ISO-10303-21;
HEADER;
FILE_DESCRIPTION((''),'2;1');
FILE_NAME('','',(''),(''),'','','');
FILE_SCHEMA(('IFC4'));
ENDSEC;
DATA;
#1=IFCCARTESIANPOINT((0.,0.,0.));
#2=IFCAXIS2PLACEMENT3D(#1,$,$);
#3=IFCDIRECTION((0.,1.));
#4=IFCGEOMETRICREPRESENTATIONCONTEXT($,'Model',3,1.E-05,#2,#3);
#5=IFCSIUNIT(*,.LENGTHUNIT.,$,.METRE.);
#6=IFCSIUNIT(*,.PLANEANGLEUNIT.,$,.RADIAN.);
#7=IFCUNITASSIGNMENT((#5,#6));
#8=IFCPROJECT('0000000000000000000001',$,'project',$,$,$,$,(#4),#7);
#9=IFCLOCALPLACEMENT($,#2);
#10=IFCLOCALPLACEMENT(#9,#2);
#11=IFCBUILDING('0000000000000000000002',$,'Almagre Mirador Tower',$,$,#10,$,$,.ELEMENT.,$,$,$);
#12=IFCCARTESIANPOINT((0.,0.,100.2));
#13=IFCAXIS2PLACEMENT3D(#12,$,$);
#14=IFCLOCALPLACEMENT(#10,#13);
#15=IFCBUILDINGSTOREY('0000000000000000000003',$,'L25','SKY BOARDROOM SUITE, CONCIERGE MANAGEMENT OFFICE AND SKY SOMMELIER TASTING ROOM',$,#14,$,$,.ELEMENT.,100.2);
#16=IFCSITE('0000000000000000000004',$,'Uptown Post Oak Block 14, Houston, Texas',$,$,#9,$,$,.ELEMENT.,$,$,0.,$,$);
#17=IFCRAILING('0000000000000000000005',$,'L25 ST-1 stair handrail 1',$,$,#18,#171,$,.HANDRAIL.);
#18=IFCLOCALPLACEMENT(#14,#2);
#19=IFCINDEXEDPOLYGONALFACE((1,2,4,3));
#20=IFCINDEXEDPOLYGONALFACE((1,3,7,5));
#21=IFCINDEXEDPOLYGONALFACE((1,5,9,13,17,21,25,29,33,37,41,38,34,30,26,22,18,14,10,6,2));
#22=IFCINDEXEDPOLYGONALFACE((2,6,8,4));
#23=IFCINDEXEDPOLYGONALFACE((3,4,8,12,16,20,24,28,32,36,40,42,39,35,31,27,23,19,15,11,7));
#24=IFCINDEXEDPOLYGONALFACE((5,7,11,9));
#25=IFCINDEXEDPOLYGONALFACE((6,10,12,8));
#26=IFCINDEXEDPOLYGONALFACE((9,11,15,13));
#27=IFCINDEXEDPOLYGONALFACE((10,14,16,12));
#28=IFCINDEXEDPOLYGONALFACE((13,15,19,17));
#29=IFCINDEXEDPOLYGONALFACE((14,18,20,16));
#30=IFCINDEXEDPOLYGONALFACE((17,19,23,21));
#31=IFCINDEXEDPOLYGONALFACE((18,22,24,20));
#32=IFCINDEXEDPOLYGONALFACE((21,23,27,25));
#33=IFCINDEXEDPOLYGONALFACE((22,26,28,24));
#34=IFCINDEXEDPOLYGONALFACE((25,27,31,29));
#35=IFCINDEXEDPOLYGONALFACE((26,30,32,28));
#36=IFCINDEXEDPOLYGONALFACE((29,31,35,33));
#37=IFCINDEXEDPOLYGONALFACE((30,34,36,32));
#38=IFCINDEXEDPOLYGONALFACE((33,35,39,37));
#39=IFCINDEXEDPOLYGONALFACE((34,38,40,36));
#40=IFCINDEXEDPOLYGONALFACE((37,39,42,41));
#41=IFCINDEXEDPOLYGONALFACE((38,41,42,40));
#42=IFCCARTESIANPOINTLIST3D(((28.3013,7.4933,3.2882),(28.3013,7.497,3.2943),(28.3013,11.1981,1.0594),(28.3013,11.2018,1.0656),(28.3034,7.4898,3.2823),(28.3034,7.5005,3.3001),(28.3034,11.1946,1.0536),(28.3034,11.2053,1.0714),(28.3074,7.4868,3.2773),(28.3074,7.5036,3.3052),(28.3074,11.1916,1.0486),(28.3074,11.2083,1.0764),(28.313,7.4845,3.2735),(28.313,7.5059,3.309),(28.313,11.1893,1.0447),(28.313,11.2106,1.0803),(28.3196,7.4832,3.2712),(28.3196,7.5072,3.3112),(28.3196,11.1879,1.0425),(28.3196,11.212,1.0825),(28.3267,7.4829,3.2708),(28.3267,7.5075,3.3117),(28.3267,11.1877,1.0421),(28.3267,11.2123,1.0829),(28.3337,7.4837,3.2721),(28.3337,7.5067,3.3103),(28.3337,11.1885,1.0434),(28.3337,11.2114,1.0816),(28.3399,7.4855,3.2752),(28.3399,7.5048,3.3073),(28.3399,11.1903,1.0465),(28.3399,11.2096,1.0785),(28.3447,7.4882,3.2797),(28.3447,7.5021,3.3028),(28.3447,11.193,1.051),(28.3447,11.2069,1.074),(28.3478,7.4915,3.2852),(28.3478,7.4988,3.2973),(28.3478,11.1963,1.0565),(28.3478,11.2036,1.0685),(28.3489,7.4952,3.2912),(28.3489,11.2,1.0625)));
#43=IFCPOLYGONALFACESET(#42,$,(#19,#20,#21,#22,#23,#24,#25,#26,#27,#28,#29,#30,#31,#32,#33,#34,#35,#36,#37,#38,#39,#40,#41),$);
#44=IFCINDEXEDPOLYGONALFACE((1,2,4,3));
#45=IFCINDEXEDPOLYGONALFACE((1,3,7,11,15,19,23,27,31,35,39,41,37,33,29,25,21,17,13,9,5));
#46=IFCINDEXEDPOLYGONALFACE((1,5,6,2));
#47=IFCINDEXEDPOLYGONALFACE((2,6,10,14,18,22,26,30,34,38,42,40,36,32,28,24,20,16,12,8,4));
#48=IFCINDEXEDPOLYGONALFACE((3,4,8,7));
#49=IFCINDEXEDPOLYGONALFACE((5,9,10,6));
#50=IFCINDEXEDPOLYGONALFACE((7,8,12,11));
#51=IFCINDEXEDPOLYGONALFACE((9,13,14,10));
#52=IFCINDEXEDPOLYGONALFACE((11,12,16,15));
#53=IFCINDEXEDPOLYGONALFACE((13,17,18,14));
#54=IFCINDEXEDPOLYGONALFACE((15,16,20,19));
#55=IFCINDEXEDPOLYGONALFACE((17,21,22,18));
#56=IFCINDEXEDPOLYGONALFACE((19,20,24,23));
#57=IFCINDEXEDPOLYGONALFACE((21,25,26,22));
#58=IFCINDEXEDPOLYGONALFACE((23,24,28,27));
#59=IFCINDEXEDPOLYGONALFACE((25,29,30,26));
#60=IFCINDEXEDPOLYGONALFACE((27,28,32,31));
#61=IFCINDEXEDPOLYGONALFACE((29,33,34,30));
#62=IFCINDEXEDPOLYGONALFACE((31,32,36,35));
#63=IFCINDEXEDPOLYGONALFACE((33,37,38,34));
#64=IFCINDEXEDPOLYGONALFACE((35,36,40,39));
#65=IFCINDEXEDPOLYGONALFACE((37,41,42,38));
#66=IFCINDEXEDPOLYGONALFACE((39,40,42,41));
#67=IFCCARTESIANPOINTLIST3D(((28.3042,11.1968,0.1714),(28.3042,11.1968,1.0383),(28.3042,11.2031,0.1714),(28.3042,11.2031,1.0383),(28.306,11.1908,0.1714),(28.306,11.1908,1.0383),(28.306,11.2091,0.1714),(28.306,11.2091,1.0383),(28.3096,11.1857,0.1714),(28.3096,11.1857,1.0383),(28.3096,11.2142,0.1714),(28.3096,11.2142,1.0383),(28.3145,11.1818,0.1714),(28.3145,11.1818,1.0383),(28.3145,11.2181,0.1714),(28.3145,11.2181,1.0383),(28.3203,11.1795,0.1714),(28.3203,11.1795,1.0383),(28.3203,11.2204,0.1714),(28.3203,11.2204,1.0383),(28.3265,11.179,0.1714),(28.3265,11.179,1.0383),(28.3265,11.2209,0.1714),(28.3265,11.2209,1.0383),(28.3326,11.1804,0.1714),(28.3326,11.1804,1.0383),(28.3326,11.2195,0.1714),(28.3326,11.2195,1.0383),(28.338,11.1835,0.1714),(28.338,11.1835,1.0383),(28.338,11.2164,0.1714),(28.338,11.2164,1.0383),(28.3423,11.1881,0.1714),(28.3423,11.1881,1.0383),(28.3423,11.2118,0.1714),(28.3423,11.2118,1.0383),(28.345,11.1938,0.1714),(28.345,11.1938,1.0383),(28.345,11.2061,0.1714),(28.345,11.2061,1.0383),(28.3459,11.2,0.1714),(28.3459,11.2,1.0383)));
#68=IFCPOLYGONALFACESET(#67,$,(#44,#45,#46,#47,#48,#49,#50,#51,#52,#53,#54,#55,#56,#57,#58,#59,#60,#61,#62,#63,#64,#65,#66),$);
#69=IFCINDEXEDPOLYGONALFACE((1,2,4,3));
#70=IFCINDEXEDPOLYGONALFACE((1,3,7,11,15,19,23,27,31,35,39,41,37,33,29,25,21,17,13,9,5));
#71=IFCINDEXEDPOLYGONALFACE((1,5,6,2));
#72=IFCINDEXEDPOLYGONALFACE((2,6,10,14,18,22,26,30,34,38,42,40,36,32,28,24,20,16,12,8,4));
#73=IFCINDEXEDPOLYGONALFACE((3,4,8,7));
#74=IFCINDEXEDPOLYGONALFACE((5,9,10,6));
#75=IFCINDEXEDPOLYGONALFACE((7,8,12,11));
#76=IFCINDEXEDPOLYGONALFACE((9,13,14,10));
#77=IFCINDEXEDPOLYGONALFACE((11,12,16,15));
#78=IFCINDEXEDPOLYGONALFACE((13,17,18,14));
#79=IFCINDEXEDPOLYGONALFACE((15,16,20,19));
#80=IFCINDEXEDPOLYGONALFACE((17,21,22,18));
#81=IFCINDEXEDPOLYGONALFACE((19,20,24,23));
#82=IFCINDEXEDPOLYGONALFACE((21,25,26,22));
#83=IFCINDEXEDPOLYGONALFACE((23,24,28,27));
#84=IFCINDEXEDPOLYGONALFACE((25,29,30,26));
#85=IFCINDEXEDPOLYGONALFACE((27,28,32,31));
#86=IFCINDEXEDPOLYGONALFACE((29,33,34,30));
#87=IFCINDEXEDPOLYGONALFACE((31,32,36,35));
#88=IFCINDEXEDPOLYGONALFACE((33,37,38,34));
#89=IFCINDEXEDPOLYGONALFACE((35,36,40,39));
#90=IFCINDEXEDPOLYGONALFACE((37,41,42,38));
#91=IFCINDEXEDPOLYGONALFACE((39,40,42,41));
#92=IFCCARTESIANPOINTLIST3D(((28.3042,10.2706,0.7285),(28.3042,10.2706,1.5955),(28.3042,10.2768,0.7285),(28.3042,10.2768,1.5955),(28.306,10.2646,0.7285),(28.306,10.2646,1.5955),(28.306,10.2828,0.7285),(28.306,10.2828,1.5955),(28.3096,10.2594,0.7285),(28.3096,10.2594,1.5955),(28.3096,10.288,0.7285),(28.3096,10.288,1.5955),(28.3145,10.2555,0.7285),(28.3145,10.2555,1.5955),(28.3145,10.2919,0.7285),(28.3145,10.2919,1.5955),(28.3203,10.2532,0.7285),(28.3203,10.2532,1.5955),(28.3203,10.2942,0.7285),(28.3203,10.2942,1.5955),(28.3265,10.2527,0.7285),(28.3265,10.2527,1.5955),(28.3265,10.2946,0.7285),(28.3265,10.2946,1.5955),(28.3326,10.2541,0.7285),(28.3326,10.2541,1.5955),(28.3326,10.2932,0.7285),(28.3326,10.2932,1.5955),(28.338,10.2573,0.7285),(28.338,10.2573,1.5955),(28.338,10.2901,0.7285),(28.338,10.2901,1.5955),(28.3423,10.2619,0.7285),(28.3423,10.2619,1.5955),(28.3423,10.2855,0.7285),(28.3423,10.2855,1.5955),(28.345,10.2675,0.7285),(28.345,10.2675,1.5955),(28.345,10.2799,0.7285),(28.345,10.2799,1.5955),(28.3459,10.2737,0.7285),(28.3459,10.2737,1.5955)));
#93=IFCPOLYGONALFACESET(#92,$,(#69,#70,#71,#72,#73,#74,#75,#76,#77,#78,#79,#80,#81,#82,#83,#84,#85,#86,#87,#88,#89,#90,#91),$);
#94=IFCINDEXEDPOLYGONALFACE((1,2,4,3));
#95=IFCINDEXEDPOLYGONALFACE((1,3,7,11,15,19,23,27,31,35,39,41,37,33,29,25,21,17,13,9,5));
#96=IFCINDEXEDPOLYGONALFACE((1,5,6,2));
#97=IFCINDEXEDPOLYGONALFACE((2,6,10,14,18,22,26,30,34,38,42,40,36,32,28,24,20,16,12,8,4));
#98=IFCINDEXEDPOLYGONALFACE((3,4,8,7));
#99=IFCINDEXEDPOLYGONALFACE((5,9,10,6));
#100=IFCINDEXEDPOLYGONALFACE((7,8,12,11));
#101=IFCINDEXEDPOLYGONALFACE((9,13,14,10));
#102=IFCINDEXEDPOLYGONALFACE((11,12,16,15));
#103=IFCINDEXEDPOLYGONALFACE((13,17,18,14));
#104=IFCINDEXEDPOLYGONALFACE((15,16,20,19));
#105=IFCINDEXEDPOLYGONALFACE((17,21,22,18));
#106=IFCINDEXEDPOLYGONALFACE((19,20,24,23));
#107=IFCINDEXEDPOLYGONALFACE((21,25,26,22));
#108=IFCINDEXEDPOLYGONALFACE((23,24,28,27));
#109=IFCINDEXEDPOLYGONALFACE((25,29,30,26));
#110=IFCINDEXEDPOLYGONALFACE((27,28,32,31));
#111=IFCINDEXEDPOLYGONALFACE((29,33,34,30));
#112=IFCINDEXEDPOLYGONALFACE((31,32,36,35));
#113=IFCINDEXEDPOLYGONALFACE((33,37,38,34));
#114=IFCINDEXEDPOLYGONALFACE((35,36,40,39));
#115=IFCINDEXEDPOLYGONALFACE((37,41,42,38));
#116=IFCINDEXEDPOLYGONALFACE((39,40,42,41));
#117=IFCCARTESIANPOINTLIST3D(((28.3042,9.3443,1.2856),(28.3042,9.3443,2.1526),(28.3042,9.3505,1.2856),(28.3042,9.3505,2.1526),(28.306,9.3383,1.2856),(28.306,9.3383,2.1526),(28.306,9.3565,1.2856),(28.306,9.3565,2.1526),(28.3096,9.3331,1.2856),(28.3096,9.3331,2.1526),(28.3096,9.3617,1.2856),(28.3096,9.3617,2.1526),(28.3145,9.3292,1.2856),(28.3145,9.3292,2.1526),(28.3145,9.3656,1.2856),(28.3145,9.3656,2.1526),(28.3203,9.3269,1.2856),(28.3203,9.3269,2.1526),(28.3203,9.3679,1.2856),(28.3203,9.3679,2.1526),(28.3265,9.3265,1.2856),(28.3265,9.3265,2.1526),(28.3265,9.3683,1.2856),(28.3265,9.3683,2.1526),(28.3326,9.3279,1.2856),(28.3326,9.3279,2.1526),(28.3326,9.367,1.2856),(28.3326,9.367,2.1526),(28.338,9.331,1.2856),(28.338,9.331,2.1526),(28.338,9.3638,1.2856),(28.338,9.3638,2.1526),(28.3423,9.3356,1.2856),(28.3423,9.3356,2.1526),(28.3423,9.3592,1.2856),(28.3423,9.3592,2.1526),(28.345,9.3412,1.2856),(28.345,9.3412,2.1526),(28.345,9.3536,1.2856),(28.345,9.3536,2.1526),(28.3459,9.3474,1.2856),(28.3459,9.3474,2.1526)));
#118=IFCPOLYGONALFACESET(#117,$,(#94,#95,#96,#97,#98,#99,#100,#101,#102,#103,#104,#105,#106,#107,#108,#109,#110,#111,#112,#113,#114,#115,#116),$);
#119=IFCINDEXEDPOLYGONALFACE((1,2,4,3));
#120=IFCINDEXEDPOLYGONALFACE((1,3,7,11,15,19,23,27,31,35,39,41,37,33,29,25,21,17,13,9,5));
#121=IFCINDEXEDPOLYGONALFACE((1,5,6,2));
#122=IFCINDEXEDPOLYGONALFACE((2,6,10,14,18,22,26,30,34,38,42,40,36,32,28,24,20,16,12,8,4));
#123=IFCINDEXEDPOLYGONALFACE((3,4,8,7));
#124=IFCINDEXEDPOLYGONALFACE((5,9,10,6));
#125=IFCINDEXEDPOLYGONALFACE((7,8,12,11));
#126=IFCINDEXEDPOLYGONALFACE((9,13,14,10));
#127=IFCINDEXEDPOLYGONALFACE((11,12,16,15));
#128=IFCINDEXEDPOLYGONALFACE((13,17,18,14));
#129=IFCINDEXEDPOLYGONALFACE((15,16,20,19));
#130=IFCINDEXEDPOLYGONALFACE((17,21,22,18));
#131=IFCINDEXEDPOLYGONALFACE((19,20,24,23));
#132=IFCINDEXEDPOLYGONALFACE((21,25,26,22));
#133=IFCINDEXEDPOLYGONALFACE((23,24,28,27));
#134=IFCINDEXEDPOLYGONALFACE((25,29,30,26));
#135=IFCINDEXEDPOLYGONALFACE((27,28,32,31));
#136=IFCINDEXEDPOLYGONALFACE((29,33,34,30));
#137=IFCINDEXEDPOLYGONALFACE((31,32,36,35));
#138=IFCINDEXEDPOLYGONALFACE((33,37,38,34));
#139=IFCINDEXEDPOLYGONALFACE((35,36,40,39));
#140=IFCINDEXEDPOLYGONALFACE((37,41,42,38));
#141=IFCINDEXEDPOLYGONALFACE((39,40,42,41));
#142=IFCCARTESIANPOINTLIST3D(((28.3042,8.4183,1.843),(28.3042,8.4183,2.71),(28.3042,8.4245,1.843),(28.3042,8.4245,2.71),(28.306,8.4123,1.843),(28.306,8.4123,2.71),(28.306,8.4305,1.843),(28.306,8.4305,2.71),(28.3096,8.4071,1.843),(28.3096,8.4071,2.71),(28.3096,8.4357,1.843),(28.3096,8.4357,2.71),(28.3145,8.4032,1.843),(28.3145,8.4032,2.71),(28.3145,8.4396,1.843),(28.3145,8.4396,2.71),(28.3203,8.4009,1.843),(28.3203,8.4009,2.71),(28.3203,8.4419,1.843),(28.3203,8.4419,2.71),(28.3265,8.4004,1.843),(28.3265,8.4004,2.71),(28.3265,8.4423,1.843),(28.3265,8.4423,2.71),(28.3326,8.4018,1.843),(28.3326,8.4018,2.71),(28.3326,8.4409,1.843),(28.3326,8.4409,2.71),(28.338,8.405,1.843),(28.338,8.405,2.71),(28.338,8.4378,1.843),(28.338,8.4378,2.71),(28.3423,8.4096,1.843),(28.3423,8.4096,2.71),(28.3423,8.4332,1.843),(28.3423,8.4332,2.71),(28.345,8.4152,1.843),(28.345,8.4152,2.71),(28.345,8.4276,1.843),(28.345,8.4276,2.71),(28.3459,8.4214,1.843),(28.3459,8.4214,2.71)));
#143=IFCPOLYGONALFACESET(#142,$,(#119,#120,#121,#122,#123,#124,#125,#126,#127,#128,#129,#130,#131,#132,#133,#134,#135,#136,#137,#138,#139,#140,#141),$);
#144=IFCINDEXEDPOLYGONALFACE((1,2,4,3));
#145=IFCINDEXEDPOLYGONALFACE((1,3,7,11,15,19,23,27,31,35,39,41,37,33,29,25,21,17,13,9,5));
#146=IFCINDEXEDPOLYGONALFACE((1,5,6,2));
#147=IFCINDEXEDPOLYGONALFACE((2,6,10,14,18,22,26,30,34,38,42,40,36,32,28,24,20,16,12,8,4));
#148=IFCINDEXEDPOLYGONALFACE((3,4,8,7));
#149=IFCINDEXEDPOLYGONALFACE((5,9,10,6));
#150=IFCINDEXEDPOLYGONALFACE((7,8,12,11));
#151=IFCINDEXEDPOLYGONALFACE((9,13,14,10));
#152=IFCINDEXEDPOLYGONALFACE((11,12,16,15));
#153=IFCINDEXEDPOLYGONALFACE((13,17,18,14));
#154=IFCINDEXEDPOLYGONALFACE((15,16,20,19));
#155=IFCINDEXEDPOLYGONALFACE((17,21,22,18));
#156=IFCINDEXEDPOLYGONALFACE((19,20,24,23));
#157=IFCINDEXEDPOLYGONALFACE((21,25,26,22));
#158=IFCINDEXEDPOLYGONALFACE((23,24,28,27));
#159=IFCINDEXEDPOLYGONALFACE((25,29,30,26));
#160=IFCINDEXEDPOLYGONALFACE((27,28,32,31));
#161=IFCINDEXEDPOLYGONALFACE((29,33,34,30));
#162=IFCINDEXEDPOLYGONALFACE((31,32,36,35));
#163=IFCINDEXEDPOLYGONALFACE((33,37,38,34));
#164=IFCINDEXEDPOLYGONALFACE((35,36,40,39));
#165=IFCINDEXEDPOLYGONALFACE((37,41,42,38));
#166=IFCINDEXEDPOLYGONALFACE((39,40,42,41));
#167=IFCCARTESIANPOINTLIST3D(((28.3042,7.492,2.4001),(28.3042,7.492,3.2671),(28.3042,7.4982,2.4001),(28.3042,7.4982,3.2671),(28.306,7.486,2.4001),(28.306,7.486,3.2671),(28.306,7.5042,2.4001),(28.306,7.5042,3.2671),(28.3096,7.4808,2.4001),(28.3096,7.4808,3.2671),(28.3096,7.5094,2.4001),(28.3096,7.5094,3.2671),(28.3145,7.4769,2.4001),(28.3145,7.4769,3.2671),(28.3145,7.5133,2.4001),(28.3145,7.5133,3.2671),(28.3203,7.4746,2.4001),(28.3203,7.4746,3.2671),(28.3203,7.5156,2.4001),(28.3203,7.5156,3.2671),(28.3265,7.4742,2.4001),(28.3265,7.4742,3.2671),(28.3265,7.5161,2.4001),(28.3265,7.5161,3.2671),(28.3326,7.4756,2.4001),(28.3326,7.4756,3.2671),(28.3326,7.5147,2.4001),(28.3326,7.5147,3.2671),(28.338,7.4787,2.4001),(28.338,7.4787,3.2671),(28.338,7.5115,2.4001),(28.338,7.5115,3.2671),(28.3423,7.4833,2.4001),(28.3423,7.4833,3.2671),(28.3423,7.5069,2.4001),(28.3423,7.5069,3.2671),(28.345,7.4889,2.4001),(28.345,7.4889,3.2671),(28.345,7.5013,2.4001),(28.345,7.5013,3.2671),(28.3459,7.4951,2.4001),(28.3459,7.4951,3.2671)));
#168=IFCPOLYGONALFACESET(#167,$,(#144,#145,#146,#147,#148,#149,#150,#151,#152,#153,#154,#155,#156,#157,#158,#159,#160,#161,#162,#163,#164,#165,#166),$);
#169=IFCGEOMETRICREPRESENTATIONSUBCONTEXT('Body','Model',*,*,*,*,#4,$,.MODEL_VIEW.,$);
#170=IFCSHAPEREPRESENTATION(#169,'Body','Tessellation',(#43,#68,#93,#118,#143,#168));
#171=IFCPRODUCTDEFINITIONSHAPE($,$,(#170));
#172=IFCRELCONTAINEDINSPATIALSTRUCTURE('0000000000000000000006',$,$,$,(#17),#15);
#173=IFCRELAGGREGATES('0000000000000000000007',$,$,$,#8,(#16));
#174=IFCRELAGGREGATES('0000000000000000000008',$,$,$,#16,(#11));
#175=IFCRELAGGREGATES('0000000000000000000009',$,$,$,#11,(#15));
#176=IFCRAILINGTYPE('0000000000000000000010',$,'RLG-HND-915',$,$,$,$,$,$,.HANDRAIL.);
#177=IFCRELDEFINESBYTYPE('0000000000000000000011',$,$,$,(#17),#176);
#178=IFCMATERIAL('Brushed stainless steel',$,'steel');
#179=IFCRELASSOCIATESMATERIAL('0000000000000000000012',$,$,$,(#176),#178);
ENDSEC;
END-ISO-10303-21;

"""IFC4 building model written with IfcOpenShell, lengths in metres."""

from ifc_helpers import new_model, si_unit, direction, frame, origin, origin_2d, place, context, subcontext, project, spatial, circle, extrude, material, type_object, element, save


model = new_model("IFC4")

# Units and contexts
model_context = context("Model", 3, precision=1e-05, world=origin(), true_north=direction((0.0, 1.0)))
body_context = subcontext(model_context, "Body", "Model", "MODEL_VIEW")
ifc_project = project(units=[si_unit("LENGTHUNIT", "METRE"), si_unit("PLANEANGLEUNIT", "RADIAN")], contexts=[model_context])

# Site, building, storey
site_placement = place(None, origin())
site = spatial("IfcSite", under=ifc_project, at=site_placement, Name="Uptown Post Oak Block 14, Houston, Texas", CompositionType="ELEMENT", RefElevation=0.0)
building_placement = place(site_placement, origin())
building = spatial("IfcBuilding", under=site, at=building_placement, Name="Almagre Mirador Tower", CompositionType="ELEMENT")
storey_placement = place(building_placement, frame((0.0, 0.0, 100.2)))
storey = spatial("IfcBuildingStorey", under=building, at=storey_placement, Name="L25", Description="SKY BOARDROOM SUITE, CONCIERGE MANAGEMENT OFFICE AND SKY SOMMELIER TASTING ROOM", CompositionType="ELEMENT", Elevation=100.2)

# Railing
ifc_material_1 = material(Name="Brushed stainless steel", Category="steel")
railing_type_1 = type_object("IfcRailingType", Name="RLG-HND-915", PredefinedType="HANDRAIL", material=ifc_material_1)
railing_1_placement = place(storey_placement, frame((28.325, 11.2, 0.1714)))
element("IfcRailing", 1, at=railing_1_placement, inside=storey, type_object=railing_type_1, Name="L25 ST-1 stair handrail 1", PredefinedType="HANDRAIL", context=body_context, shape_type="SweptSolid", body=[
    extrude(circle(Radius=0.0239, at=origin_2d()), frame((0.0, 0.0, 0.8911), z_axis=(0.0, -0.856894, 0.515492), x_axis=(1.0, 0.0, 0.0)), (0.0, 0.0, 1.0), 4.3235),
    extrude(circle(Radius=0.021, at=origin_2d()), origin(), (0.0, 0.0, 1.0), 0.8669),
    extrude(circle(Radius=0.021, at=origin_2d()), frame((0.0, -0.9263, 0.5571)), (0.0, 0.0, 1.0), 0.8669),
    extrude(circle(Radius=0.021, at=origin_2d()), frame((0.0, -1.8525, 1.1143)), (0.0, 0.0, 1.0), 0.8669),
    extrude(circle(Radius=0.021, at=origin_2d()), frame((0.0, -2.7786, 1.6716)), (0.0, 0.0, 1.0), 0.8669),
    extrude(circle(Radius=0.021, at=origin_2d()), frame((0.0, -3.7048, 2.2288)), (0.0, 0.0, 1.0), 0.8669),
])

save(model, "model.ifc")
